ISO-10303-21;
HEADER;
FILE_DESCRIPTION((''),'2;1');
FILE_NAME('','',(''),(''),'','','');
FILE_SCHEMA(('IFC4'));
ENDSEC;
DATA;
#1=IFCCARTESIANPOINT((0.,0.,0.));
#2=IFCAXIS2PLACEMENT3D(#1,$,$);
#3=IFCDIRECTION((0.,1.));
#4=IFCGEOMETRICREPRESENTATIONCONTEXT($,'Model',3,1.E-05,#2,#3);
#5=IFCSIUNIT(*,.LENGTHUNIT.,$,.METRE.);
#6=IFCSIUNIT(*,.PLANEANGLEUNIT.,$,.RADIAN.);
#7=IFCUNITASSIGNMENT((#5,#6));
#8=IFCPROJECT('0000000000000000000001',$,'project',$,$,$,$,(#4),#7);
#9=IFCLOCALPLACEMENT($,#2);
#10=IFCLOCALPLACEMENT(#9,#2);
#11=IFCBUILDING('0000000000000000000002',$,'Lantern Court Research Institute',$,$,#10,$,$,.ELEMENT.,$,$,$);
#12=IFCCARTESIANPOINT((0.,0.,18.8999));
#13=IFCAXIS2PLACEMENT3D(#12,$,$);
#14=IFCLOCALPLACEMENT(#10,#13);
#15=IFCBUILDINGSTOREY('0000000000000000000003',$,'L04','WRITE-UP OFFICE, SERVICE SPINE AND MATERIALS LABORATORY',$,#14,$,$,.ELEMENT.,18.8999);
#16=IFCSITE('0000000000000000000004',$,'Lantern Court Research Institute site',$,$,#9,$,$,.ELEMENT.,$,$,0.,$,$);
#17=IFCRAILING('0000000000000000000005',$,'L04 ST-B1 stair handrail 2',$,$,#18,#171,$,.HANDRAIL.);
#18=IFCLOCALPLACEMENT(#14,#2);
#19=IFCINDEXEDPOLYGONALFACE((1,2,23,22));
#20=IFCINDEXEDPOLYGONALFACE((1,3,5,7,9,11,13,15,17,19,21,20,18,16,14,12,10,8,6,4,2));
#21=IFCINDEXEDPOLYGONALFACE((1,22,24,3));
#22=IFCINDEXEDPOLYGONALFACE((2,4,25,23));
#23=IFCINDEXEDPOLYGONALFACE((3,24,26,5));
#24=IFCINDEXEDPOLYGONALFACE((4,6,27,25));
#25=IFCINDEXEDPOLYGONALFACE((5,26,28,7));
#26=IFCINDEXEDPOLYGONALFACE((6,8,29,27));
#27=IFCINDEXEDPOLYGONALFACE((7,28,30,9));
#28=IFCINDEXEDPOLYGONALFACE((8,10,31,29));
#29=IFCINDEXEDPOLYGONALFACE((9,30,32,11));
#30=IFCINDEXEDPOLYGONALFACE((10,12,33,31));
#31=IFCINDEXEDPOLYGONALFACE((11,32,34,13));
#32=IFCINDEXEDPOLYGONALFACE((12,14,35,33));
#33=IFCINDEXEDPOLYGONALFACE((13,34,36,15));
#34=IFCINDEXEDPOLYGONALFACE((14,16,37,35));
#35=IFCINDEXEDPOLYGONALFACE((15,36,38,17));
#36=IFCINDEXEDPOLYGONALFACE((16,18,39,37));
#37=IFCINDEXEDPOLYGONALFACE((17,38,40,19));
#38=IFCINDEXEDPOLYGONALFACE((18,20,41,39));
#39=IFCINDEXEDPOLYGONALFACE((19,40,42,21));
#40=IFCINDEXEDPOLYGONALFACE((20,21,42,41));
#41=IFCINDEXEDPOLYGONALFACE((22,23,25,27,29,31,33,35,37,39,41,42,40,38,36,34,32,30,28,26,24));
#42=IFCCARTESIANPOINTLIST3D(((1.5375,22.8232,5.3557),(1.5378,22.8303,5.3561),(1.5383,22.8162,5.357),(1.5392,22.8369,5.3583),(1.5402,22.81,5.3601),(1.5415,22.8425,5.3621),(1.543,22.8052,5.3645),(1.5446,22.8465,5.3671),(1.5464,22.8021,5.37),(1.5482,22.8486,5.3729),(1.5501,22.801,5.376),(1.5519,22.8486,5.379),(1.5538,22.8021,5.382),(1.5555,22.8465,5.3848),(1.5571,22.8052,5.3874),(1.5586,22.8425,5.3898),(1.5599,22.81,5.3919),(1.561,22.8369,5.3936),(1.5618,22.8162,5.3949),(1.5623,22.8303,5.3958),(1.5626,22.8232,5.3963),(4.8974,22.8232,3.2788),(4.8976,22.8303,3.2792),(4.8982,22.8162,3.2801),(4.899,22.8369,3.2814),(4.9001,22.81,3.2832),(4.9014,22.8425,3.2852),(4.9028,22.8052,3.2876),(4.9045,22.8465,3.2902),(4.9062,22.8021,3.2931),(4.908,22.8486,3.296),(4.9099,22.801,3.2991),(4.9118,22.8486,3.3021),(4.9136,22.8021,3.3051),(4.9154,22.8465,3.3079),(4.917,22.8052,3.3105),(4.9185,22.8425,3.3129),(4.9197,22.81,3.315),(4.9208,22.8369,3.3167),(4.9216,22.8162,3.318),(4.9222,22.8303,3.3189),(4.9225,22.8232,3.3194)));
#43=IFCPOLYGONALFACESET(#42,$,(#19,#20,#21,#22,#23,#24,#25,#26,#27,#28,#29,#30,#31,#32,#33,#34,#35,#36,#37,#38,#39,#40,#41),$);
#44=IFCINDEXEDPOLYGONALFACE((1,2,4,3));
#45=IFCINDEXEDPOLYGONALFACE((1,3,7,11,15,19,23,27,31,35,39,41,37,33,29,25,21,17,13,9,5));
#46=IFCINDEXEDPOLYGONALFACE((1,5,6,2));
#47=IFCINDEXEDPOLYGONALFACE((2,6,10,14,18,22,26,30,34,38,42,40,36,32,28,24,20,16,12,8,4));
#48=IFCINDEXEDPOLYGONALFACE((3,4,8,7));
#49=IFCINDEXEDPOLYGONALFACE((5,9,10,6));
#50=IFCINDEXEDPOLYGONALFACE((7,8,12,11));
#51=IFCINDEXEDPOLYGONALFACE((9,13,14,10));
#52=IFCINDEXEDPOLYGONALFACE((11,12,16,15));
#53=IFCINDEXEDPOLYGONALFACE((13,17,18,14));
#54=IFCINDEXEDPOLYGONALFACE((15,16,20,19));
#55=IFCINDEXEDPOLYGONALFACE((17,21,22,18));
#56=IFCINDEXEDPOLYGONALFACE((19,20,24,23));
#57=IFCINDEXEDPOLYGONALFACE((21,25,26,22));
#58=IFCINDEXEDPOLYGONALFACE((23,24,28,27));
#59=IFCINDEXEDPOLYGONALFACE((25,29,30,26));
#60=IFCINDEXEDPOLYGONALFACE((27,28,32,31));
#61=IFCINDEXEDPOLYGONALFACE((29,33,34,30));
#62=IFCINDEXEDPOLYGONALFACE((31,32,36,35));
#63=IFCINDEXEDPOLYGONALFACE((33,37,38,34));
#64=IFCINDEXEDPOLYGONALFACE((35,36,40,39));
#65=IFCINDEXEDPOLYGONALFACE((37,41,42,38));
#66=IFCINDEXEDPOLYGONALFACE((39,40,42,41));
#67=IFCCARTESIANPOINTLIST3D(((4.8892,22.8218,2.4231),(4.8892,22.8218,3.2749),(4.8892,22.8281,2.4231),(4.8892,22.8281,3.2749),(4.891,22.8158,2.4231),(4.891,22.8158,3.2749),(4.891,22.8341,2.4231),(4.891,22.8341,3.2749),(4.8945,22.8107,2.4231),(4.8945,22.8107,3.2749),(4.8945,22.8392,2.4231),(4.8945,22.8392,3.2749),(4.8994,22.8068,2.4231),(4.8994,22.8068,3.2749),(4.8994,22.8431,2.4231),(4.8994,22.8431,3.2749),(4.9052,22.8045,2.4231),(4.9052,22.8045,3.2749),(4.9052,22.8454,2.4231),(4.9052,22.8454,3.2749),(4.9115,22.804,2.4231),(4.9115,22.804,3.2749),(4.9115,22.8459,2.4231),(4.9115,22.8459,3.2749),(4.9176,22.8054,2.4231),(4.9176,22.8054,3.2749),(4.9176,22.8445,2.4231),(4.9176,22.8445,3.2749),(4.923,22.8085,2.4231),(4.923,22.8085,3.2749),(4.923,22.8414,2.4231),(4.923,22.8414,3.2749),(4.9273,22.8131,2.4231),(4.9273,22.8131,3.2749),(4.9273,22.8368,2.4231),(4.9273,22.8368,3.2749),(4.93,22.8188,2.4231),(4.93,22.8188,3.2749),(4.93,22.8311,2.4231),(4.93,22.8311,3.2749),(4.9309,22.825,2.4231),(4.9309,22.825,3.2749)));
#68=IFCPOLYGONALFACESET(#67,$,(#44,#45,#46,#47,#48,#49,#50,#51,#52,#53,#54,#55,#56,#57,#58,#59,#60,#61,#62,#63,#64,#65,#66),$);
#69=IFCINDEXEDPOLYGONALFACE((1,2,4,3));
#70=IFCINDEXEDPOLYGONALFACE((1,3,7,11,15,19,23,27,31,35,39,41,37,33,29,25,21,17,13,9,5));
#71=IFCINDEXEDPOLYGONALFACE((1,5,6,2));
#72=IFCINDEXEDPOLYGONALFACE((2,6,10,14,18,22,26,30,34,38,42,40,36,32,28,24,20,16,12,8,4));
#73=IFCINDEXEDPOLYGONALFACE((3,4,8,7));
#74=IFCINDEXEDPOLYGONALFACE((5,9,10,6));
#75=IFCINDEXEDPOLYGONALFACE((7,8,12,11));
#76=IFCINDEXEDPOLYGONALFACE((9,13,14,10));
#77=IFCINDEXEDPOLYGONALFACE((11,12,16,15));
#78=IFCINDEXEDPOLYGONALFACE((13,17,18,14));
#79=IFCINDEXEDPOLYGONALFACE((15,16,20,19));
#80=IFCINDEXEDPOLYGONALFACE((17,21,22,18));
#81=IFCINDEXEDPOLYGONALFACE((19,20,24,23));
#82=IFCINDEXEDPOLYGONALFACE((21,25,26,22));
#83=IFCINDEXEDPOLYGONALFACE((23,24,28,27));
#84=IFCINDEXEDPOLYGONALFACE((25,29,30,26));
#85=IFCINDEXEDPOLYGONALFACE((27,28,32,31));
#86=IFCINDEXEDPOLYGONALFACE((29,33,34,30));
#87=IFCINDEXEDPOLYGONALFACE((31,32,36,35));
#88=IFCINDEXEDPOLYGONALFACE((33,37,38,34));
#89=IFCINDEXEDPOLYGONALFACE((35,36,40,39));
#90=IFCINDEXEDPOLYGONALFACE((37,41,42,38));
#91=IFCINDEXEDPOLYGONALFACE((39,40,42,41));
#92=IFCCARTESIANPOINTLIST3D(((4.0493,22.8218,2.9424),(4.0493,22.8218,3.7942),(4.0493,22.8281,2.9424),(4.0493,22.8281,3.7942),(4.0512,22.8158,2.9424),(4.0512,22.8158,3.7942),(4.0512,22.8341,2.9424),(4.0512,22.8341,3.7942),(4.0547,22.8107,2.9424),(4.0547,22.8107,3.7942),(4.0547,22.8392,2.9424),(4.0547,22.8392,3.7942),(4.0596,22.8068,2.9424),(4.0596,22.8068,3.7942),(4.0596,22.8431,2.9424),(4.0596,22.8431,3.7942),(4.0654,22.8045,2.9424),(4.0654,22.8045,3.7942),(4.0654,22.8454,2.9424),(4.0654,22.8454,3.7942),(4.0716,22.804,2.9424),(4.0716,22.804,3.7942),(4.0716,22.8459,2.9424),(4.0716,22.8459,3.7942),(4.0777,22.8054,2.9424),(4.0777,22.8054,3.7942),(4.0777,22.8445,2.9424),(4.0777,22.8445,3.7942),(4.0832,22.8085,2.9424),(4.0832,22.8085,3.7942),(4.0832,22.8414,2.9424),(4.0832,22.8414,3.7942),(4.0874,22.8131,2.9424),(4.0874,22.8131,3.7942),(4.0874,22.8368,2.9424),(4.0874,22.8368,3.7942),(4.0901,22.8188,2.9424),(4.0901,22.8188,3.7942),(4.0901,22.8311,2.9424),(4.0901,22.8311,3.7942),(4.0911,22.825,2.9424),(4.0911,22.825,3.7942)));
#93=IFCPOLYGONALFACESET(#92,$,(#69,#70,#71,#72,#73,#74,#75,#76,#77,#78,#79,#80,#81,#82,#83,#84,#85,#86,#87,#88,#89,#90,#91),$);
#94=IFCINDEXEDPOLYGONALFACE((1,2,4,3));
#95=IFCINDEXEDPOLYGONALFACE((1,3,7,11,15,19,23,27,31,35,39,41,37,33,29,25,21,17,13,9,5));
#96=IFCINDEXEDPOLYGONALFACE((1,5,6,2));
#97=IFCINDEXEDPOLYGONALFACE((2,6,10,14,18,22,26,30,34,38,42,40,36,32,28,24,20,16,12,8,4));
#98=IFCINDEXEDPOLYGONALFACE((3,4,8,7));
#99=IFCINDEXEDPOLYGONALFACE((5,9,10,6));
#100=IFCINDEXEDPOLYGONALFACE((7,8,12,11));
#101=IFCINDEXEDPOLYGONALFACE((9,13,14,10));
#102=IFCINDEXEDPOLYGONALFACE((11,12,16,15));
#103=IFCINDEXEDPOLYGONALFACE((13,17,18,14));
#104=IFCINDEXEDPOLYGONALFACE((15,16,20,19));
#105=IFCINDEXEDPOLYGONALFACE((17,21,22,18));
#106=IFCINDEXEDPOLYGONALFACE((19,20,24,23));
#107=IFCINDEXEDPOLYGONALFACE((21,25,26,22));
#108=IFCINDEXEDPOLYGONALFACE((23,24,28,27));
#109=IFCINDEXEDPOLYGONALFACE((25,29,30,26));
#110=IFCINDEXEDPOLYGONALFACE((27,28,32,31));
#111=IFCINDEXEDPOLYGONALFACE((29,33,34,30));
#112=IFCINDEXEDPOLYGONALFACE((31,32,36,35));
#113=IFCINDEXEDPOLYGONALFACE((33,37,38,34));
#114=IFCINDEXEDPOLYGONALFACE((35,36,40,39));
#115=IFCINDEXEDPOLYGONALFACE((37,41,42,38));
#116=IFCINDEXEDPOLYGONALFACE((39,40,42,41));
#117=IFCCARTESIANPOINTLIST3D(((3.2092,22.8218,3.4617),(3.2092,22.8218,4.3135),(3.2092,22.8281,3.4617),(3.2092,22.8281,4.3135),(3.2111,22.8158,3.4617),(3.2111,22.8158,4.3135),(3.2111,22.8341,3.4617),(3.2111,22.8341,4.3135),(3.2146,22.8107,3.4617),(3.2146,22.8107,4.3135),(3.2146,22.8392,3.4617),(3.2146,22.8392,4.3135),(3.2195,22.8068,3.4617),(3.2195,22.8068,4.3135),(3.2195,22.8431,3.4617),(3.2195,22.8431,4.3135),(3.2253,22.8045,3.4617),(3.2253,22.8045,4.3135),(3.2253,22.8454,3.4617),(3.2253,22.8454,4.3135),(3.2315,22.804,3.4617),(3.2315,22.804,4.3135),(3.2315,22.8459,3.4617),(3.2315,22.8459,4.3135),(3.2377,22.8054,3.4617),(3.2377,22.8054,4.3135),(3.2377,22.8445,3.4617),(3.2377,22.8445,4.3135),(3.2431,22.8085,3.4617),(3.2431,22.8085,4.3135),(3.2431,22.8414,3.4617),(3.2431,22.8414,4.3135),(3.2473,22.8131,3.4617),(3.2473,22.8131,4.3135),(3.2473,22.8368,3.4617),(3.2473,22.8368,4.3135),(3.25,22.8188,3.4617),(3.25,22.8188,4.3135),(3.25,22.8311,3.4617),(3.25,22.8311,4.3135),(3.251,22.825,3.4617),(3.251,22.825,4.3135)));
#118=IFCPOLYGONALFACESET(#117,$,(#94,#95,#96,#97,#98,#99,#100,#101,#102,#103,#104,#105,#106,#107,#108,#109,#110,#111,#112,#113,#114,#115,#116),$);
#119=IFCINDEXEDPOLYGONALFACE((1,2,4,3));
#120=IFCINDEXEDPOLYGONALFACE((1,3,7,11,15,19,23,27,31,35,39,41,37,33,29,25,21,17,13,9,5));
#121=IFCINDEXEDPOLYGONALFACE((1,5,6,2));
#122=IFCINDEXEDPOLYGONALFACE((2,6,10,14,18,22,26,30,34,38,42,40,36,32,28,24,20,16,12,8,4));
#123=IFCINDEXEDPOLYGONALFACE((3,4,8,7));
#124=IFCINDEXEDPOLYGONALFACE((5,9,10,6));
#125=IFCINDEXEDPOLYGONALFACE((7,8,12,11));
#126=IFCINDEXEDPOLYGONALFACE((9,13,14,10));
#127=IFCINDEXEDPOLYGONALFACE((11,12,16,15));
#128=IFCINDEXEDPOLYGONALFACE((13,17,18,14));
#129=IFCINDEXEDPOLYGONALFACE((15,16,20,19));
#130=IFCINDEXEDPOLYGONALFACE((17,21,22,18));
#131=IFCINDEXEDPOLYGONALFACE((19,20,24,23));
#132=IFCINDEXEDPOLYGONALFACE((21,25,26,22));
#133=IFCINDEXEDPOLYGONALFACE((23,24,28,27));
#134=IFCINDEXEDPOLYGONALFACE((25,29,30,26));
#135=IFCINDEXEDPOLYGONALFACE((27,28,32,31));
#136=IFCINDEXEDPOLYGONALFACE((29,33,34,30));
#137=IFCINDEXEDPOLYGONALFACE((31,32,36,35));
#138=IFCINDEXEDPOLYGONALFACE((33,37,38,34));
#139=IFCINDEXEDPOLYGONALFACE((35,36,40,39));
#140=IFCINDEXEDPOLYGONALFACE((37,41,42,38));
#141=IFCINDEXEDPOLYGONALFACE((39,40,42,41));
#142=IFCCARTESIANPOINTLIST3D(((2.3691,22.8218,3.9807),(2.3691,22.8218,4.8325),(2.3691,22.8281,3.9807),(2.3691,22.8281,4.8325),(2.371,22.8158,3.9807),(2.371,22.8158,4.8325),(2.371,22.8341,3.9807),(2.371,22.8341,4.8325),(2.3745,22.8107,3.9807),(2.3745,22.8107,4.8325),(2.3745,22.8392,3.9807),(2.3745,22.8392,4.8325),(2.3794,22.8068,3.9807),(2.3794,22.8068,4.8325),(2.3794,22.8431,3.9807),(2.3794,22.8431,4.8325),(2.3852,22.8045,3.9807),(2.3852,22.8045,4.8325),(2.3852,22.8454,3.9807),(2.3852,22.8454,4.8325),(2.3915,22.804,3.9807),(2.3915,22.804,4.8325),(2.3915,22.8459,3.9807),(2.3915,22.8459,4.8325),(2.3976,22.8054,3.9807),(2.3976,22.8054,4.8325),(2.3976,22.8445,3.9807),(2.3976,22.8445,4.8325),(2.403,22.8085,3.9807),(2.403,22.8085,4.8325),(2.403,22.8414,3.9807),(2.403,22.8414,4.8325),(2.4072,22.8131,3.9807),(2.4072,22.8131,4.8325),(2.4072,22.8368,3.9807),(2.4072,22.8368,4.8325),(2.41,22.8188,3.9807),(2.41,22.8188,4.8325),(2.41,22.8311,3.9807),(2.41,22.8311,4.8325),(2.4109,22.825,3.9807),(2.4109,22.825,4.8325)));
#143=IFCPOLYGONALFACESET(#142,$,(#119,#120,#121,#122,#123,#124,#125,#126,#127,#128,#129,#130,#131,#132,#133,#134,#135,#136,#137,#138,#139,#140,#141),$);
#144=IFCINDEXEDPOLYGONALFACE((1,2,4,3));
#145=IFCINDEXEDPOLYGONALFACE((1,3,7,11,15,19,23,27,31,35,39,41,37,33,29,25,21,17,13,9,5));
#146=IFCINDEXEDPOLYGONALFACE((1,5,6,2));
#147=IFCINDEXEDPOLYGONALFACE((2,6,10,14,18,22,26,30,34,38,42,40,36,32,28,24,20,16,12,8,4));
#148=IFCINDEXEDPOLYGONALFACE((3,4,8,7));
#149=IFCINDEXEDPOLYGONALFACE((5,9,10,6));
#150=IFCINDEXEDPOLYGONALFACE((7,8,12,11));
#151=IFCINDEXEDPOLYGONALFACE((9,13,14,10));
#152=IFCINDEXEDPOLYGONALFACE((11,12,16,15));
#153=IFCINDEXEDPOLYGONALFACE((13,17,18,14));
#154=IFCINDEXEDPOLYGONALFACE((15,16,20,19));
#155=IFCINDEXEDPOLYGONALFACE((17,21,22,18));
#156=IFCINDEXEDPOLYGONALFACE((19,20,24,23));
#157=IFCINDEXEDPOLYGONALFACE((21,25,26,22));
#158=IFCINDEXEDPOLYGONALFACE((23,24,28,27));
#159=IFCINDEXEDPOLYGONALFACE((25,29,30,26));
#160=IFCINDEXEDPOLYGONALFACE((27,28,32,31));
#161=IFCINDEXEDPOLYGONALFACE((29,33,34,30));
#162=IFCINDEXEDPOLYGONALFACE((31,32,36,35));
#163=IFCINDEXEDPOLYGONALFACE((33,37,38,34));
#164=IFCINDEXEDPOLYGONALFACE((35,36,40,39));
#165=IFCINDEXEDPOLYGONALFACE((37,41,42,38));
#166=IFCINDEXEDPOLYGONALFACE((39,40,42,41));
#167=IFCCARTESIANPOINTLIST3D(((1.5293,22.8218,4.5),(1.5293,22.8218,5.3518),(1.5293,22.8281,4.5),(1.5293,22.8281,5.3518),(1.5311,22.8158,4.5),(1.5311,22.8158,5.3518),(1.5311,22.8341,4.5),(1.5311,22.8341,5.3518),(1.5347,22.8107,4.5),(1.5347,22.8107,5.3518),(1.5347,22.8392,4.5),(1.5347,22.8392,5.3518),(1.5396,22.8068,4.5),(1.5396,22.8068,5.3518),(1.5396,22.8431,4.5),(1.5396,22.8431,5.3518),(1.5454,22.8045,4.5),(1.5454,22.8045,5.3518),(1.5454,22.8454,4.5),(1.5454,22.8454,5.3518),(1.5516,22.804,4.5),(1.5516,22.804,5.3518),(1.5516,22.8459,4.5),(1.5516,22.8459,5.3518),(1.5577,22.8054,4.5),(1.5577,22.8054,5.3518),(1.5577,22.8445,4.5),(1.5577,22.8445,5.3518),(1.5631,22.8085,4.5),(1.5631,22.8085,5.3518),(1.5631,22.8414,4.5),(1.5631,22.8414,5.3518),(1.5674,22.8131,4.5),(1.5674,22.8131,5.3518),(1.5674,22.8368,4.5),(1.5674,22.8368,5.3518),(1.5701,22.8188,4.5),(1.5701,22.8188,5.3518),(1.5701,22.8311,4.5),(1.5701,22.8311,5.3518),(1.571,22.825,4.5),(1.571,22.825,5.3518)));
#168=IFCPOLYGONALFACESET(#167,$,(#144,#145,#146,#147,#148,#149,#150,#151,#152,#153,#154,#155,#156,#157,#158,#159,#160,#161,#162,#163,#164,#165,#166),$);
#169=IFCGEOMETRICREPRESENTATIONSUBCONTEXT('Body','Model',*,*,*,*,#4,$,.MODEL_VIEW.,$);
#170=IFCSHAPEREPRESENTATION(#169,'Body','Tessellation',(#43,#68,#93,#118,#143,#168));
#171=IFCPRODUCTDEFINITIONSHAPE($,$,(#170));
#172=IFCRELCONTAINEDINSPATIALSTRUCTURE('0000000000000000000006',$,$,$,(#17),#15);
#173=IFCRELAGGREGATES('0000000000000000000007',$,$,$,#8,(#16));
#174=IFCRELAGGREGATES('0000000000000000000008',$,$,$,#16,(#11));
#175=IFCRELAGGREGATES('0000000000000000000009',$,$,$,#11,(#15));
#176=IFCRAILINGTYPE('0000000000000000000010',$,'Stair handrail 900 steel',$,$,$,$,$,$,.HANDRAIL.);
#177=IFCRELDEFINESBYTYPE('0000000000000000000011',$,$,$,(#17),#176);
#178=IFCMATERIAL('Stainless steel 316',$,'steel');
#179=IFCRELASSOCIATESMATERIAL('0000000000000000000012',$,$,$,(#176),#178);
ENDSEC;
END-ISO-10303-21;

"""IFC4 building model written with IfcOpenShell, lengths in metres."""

from ifc_helpers import new_model, si_unit, direction, frame, origin, origin_2d, place, context, subcontext, project, spatial, circle, extrude, material, type_object, element, save


model = new_model("IFC4")

# Units and contexts
model_context = context("Model", 3, precision=1e-05, world=origin(), true_north=direction((0.0, 1.0)))
body_context = subcontext(model_context, "Body", "Model", "MODEL_VIEW")
ifc_project = project(units=[si_unit("LENGTHUNIT", "METRE"), si_unit("PLANEANGLEUNIT", "RADIAN")], contexts=[model_context])

# Site, building, storey
site_placement = place(None, origin())
site = spatial("IfcSite", under=ifc_project, at=site_placement, Name="Lantern Court Research Institute site", CompositionType="ELEMENT", RefElevation=0.0)
building_placement = place(site_placement, origin())
building = spatial("IfcBuilding", under=site, at=building_placement, Name="Lantern Court Research Institute", CompositionType="ELEMENT")
storey_placement = place(building_placement, frame((0.0, 0.0, 18.8999)))
storey = spatial("IfcBuildingStorey", under=building, at=storey_placement, Name="L04", Description="WRITE-UP OFFICE, SERVICE SPINE AND MATERIALS LABORATORY", CompositionType="ELEMENT", Elevation=18.8999)

# Railing
ifc_material_1 = material(Name="Stainless steel 316", Category="steel")
railing_type_1 = type_object("IfcRailingType", Name="Stair handrail 900 steel", PredefinedType="HANDRAIL", material=ifc_material_1)
railing_1_placement = place(storey_placement, frame((4.9099, 22.825, 2.4231)))
element("IfcRailing", 1, at=railing_1_placement, inside=storey, type_object=railing_type_1, Name="L04 ST-B1 stair handrail 2", PredefinedType="HANDRAIL", context=body_context, shape_type="SweptSolid", body=[
    extrude(circle(Radius=0.0239, at=origin_2d()), frame((0.0, 0.0, 0.876), z_axis=(-0.850606, 0.0, 0.525803), x_axis=(0.0, -1.0, 0.0)), (0.0, 0.0, 1.0), 3.95),
    extrude(circle(Radius=0.021, at=origin_2d()), origin(), (0.0, 0.0, 1.0), 0.8518),
    extrude(circle(Radius=0.021, at=origin_2d()), frame((-0.8398, 0.0, 0.5193)), (0.0, 0.0, 1.0), 0.8518),
    extrude(circle(Radius=0.021, at=origin_2d()), frame((-1.6799, 0.0, 1.0386)), (0.0, 0.0, 1.0), 0.8518),
    extrude(circle(Radius=0.021, at=origin_2d()), frame((-2.52, 0.0, 1.5576)), (0.0, 0.0, 1.0), 0.8518),
    extrude(circle(Radius=0.021, at=origin_2d()), frame((-3.3599, 0.0, 2.0769)), (0.0, 0.0, 1.0), 0.8518),
])

save(model, "model.ifc")
